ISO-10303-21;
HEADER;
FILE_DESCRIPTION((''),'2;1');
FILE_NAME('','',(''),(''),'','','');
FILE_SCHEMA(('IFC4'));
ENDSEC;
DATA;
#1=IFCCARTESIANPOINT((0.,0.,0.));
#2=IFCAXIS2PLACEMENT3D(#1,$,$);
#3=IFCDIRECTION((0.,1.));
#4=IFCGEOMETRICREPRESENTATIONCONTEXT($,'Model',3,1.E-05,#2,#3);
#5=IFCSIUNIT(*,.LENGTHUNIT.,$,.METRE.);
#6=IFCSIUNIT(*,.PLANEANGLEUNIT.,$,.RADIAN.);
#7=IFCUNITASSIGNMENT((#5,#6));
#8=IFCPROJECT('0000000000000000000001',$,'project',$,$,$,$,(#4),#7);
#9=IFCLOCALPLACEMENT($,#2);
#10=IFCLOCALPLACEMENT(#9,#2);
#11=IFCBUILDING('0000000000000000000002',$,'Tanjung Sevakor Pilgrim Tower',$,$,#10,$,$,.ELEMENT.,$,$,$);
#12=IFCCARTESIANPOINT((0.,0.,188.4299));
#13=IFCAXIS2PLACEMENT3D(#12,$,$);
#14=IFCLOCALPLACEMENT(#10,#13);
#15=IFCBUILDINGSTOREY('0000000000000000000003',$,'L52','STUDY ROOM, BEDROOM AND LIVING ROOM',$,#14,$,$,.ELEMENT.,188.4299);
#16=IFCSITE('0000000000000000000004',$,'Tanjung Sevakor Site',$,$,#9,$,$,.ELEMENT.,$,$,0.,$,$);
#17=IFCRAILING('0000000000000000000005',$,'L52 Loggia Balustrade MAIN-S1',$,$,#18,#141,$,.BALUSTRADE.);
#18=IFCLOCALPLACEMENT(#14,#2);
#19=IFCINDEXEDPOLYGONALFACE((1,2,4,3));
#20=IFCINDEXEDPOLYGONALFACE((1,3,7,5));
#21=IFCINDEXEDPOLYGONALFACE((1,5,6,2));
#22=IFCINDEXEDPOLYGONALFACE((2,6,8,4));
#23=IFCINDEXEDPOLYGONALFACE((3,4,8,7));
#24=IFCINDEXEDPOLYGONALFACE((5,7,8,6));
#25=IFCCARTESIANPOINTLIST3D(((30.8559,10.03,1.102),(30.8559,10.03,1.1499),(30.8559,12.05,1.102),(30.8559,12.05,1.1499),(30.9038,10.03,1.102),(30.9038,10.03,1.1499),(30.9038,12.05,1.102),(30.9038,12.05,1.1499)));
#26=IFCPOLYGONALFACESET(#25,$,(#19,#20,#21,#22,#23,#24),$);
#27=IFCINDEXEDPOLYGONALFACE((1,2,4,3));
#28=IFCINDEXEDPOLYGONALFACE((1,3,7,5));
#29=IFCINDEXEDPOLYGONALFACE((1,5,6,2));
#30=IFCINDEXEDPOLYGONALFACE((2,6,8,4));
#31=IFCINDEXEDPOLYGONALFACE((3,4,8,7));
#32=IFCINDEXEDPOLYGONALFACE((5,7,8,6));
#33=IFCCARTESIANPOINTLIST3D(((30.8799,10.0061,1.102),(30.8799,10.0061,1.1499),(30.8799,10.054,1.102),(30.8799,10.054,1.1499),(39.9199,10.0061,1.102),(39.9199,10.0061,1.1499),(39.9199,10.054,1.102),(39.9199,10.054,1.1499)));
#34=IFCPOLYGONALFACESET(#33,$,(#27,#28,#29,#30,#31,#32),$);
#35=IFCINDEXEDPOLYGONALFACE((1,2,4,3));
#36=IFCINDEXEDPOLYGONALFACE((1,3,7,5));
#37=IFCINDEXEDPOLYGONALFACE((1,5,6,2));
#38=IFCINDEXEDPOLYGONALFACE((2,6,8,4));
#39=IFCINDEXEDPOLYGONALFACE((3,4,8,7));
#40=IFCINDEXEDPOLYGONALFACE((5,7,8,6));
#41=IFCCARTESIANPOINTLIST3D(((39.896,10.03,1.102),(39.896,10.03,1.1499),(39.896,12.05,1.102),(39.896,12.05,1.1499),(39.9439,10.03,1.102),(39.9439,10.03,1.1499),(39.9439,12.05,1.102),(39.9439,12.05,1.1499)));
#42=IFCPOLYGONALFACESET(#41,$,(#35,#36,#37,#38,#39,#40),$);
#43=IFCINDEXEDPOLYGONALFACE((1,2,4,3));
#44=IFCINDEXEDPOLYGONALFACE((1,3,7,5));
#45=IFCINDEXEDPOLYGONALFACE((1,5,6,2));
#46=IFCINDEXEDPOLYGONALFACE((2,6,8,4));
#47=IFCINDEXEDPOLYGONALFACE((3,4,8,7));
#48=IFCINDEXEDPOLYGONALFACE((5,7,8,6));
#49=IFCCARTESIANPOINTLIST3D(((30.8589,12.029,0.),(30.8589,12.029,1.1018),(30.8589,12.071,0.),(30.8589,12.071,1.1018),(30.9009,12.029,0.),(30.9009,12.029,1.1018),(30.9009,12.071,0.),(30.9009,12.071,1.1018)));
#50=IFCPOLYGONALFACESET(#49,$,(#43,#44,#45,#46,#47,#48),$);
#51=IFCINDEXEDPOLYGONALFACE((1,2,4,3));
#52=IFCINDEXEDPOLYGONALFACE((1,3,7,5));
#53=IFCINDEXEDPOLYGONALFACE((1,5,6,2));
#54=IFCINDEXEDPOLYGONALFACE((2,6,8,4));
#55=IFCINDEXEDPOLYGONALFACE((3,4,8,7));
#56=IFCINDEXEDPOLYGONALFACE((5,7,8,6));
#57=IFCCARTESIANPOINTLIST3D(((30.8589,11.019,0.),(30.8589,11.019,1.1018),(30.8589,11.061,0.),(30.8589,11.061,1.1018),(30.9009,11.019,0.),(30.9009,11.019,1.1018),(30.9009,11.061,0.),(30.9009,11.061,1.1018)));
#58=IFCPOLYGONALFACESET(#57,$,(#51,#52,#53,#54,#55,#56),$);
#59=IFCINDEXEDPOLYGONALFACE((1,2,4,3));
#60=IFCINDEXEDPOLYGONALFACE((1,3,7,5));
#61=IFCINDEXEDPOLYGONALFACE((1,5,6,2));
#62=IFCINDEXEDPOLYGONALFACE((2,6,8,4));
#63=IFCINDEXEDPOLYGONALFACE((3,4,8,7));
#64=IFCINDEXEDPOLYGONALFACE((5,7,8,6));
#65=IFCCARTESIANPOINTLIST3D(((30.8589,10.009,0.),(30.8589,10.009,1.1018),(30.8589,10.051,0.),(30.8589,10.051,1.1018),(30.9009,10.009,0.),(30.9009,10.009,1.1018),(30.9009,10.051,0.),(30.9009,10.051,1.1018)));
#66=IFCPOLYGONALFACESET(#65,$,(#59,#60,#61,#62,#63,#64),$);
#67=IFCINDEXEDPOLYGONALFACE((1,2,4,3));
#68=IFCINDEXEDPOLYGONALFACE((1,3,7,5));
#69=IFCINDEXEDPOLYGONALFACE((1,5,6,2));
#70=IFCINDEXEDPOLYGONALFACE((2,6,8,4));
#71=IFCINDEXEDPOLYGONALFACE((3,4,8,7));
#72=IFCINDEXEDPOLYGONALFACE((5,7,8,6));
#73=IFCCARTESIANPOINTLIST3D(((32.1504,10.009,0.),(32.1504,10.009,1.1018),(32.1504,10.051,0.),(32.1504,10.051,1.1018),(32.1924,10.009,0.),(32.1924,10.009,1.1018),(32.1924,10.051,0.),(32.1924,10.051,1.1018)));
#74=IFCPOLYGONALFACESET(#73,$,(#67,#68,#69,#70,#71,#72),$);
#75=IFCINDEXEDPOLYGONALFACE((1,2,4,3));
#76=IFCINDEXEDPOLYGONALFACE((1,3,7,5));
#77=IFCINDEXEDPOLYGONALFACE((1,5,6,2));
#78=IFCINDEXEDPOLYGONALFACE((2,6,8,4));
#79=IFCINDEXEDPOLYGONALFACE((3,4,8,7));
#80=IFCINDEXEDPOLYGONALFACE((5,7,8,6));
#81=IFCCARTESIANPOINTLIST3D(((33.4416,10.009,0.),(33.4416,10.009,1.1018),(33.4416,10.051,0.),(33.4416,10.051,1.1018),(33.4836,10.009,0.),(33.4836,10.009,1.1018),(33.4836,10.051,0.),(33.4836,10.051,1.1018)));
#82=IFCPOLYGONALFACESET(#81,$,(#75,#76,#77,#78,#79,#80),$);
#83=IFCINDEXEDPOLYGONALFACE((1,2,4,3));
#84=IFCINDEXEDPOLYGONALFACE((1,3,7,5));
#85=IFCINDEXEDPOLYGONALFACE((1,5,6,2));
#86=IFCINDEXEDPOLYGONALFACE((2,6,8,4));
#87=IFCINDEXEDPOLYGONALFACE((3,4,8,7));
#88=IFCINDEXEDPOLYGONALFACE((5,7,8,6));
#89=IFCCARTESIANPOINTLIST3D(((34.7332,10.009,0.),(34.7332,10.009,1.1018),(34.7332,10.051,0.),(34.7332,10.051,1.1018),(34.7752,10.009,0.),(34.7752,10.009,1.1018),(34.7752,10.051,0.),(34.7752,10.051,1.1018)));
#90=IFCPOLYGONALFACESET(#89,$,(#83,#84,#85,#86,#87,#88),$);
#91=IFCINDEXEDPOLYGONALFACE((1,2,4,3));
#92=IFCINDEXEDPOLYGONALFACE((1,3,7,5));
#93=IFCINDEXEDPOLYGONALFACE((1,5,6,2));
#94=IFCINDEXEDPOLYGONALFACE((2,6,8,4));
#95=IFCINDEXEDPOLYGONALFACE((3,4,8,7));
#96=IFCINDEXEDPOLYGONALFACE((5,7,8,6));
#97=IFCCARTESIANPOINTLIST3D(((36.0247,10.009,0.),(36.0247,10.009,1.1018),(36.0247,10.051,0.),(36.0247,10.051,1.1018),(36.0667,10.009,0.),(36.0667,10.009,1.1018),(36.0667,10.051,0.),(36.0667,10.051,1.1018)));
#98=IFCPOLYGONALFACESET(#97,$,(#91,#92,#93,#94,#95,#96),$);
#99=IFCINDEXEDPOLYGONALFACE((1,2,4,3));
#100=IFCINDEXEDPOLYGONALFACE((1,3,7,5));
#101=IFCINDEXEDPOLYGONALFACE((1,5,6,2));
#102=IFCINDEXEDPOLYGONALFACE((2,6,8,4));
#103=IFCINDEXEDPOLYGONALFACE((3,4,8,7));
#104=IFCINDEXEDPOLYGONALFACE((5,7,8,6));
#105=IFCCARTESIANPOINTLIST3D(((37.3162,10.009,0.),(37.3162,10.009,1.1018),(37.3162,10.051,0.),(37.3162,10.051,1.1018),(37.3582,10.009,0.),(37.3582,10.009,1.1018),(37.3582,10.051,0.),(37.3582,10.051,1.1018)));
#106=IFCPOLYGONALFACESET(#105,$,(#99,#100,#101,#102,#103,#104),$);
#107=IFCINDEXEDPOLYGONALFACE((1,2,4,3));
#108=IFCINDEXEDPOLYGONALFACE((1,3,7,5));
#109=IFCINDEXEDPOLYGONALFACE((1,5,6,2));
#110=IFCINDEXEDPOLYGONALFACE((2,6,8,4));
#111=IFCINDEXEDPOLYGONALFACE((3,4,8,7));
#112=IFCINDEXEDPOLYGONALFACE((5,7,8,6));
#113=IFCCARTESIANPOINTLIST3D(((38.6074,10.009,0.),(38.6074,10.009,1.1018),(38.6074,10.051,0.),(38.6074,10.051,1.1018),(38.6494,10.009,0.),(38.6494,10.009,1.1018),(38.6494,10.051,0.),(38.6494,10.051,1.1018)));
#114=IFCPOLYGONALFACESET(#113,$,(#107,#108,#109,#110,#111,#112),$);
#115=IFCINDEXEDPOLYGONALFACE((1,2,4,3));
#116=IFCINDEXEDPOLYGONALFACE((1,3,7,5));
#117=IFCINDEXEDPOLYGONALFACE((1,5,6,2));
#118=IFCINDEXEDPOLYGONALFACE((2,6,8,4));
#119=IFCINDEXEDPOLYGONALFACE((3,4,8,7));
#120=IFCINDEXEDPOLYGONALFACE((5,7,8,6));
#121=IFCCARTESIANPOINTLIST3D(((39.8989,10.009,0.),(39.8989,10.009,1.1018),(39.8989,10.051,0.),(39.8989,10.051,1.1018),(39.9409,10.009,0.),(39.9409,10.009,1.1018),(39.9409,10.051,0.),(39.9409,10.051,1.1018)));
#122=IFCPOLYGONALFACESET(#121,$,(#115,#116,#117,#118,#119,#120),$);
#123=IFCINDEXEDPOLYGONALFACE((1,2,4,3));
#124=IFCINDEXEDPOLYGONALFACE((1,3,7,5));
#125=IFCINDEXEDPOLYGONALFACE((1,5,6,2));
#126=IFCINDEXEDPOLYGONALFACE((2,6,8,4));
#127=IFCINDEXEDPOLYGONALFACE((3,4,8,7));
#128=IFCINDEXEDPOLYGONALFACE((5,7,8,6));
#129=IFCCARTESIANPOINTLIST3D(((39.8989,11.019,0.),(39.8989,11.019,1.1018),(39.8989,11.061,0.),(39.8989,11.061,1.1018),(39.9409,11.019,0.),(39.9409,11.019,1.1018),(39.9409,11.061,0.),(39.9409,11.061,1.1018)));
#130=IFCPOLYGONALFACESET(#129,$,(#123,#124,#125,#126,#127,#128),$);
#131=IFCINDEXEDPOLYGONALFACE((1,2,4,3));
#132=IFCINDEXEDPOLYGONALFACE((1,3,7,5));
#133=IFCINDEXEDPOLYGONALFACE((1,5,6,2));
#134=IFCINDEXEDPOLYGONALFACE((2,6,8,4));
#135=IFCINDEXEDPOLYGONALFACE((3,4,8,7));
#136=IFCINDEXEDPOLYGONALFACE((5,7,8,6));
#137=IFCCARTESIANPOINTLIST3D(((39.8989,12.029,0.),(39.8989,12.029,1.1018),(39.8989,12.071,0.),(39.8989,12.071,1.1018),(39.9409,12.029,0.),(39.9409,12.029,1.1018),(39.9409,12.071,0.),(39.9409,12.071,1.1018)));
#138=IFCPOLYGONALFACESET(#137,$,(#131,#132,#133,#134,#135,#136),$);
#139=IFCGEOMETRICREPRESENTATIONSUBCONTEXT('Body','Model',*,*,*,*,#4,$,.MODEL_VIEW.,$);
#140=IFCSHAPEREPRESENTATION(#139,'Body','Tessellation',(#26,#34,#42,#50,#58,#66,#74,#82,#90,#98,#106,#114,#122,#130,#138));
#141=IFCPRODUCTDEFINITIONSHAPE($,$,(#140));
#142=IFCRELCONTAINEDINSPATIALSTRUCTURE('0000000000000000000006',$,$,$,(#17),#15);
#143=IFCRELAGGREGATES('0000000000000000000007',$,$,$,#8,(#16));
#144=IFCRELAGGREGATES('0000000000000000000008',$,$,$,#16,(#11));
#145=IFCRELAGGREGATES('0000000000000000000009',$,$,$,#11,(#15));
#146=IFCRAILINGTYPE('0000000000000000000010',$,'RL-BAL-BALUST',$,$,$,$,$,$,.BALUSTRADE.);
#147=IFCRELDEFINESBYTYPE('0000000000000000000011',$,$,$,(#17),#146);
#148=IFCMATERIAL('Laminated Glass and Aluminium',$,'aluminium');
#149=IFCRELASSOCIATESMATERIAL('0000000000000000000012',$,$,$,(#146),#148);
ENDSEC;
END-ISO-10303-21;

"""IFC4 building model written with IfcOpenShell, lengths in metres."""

from ifc_helpers import new_model, si_unit, direction, frame, origin, place, context, subcontext, project, spatial, rectangle, extrude, material, type_object, element, save


model = new_model("IFC4")

# Units and contexts
model_context = context("Model", 3, precision=1e-05, world=origin(), true_north=direction((0.0, 1.0)))
body_context = subcontext(model_context, "Body", "Model", "MODEL_VIEW")
ifc_project = project(units=[si_unit("LENGTHUNIT", "METRE"), si_unit("PLANEANGLEUNIT", "RADIAN")], contexts=[model_context])

# Site, building, storey
site_placement = place(None, origin())
site = spatial("IfcSite", under=ifc_project, at=site_placement, Name="Tanjung Sevakor Site", CompositionType="ELEMENT", RefElevation=0.0)
building_placement = place(site_placement, origin())
building = spatial("IfcBuilding", under=site, at=building_placement, Name="Tanjung Sevakor Pilgrim Tower", CompositionType="ELEMENT")
storey_placement = place(building_placement, frame((0.0, 0.0, 188.4299)))
storey = spatial("IfcBuildingStorey", under=building, at=storey_placement, Name="L52", Description="STUDY ROOM, BEDROOM AND LIVING ROOM", CompositionType="ELEMENT", Elevation=188.4299)

# Railing
ifc_material_1 = material(Name="Laminated Glass and Aluminium", Category="aluminium")
railing_type = type_object("IfcRailingType", Name="RL-BAL-BALUST", PredefinedType="BALUSTRADE", material=ifc_material_1)
railing_placement = place(storey_placement, frame((30.8799, 12.05, 0.0)))
element("IfcRailing", 1, at=railing_placement, inside=storey, type_object=railing_type, Name="L52 Loggia Balustrade MAIN-S1", PredefinedType="BALUSTRADE", context=body_context, shape_type="SweptSolid", body=[
    extrude(rectangle(XDim=0.0479, YDim=0.0479), frame((0.0, 0.0, 1.126), z_axis=(0.0, -1.0, 0.0), x_axis=(1.0, 0.0, 0.0)), (0.0, 0.0, 1.0), 2.02),
    extrude(rectangle(XDim=0.0479, YDim=0.0479), frame((0.0, -2.02, 1.126), z_axis=(1.0, 0.0, 0.0), x_axis=(0.0, 1.0, 0.0)), (0.0, 0.0, 1.0), 9.04),
    extrude(rectangle(XDim=0.0479, YDim=0.0479), frame((9.04, -2.02, 1.126), z_axis=(0.0, 1.0, 0.0), x_axis=(-1.0, 0.0, 0.0)), (0.0, 0.0, 1.0), 2.02),
    extrude(rectangle(XDim=0.042, YDim=0.042), origin(), (0.0, 0.0, 1.0), 1.1018),
    extrude(rectangle(XDim=0.042, YDim=0.042), frame((0.0, -1.01, 0.0)), (0.0, 0.0, 1.0), 1.1018),
    extrude(rectangle(XDim=0.042, YDim=0.042), frame((0.0, -2.02, 0.0)), (0.0, 0.0, 1.0), 1.1018),
    extrude(rectangle(XDim=0.042, YDim=0.042), frame((1.2915, -2.02, 0.0)), (0.0, 0.0, 1.0), 1.1018),
    extrude(rectangle(XDim=0.042, YDim=0.042), frame((2.5828, -2.02, 0.0)), (0.0, 0.0, 1.0), 1.1018),
    extrude(rectangle(XDim=0.042, YDim=0.042), frame((3.8743, -2.02, 0.0)), (0.0, 0.0, 1.0), 1.1018),
    extrude(rectangle(XDim=0.042, YDim=0.042), frame((5.1658, -2.02, 0.0)), (0.0, 0.0, 1.0), 1.1018),
    extrude(rectangle(XDim=0.042, YDim=0.042), frame((6.4573, -2.02, 0.0)), (0.0, 0.0, 1.0), 1.1018),
    extrude(rectangle(XDim=0.042, YDim=0.042), frame((7.7485, -2.02, 0.0)), (0.0, 0.0, 1.0), 1.1018),
    extrude(rectangle(XDim=0.042, YDim=0.042), frame((9.04, -2.02, 0.0)), (0.0, 0.0, 1.0), 1.1018),
    extrude(rectangle(XDim=0.042, YDim=0.042), frame((9.04, -1.01, 0.0)), (0.0, 0.0, 1.0), 1.1018),
    extrude(rectangle(XDim=0.042, YDim=0.042), frame((9.04, 0.0, 0.0)), (0.0, 0.0, 1.0), 1.1018),
])

save(model, "model.ifc")
